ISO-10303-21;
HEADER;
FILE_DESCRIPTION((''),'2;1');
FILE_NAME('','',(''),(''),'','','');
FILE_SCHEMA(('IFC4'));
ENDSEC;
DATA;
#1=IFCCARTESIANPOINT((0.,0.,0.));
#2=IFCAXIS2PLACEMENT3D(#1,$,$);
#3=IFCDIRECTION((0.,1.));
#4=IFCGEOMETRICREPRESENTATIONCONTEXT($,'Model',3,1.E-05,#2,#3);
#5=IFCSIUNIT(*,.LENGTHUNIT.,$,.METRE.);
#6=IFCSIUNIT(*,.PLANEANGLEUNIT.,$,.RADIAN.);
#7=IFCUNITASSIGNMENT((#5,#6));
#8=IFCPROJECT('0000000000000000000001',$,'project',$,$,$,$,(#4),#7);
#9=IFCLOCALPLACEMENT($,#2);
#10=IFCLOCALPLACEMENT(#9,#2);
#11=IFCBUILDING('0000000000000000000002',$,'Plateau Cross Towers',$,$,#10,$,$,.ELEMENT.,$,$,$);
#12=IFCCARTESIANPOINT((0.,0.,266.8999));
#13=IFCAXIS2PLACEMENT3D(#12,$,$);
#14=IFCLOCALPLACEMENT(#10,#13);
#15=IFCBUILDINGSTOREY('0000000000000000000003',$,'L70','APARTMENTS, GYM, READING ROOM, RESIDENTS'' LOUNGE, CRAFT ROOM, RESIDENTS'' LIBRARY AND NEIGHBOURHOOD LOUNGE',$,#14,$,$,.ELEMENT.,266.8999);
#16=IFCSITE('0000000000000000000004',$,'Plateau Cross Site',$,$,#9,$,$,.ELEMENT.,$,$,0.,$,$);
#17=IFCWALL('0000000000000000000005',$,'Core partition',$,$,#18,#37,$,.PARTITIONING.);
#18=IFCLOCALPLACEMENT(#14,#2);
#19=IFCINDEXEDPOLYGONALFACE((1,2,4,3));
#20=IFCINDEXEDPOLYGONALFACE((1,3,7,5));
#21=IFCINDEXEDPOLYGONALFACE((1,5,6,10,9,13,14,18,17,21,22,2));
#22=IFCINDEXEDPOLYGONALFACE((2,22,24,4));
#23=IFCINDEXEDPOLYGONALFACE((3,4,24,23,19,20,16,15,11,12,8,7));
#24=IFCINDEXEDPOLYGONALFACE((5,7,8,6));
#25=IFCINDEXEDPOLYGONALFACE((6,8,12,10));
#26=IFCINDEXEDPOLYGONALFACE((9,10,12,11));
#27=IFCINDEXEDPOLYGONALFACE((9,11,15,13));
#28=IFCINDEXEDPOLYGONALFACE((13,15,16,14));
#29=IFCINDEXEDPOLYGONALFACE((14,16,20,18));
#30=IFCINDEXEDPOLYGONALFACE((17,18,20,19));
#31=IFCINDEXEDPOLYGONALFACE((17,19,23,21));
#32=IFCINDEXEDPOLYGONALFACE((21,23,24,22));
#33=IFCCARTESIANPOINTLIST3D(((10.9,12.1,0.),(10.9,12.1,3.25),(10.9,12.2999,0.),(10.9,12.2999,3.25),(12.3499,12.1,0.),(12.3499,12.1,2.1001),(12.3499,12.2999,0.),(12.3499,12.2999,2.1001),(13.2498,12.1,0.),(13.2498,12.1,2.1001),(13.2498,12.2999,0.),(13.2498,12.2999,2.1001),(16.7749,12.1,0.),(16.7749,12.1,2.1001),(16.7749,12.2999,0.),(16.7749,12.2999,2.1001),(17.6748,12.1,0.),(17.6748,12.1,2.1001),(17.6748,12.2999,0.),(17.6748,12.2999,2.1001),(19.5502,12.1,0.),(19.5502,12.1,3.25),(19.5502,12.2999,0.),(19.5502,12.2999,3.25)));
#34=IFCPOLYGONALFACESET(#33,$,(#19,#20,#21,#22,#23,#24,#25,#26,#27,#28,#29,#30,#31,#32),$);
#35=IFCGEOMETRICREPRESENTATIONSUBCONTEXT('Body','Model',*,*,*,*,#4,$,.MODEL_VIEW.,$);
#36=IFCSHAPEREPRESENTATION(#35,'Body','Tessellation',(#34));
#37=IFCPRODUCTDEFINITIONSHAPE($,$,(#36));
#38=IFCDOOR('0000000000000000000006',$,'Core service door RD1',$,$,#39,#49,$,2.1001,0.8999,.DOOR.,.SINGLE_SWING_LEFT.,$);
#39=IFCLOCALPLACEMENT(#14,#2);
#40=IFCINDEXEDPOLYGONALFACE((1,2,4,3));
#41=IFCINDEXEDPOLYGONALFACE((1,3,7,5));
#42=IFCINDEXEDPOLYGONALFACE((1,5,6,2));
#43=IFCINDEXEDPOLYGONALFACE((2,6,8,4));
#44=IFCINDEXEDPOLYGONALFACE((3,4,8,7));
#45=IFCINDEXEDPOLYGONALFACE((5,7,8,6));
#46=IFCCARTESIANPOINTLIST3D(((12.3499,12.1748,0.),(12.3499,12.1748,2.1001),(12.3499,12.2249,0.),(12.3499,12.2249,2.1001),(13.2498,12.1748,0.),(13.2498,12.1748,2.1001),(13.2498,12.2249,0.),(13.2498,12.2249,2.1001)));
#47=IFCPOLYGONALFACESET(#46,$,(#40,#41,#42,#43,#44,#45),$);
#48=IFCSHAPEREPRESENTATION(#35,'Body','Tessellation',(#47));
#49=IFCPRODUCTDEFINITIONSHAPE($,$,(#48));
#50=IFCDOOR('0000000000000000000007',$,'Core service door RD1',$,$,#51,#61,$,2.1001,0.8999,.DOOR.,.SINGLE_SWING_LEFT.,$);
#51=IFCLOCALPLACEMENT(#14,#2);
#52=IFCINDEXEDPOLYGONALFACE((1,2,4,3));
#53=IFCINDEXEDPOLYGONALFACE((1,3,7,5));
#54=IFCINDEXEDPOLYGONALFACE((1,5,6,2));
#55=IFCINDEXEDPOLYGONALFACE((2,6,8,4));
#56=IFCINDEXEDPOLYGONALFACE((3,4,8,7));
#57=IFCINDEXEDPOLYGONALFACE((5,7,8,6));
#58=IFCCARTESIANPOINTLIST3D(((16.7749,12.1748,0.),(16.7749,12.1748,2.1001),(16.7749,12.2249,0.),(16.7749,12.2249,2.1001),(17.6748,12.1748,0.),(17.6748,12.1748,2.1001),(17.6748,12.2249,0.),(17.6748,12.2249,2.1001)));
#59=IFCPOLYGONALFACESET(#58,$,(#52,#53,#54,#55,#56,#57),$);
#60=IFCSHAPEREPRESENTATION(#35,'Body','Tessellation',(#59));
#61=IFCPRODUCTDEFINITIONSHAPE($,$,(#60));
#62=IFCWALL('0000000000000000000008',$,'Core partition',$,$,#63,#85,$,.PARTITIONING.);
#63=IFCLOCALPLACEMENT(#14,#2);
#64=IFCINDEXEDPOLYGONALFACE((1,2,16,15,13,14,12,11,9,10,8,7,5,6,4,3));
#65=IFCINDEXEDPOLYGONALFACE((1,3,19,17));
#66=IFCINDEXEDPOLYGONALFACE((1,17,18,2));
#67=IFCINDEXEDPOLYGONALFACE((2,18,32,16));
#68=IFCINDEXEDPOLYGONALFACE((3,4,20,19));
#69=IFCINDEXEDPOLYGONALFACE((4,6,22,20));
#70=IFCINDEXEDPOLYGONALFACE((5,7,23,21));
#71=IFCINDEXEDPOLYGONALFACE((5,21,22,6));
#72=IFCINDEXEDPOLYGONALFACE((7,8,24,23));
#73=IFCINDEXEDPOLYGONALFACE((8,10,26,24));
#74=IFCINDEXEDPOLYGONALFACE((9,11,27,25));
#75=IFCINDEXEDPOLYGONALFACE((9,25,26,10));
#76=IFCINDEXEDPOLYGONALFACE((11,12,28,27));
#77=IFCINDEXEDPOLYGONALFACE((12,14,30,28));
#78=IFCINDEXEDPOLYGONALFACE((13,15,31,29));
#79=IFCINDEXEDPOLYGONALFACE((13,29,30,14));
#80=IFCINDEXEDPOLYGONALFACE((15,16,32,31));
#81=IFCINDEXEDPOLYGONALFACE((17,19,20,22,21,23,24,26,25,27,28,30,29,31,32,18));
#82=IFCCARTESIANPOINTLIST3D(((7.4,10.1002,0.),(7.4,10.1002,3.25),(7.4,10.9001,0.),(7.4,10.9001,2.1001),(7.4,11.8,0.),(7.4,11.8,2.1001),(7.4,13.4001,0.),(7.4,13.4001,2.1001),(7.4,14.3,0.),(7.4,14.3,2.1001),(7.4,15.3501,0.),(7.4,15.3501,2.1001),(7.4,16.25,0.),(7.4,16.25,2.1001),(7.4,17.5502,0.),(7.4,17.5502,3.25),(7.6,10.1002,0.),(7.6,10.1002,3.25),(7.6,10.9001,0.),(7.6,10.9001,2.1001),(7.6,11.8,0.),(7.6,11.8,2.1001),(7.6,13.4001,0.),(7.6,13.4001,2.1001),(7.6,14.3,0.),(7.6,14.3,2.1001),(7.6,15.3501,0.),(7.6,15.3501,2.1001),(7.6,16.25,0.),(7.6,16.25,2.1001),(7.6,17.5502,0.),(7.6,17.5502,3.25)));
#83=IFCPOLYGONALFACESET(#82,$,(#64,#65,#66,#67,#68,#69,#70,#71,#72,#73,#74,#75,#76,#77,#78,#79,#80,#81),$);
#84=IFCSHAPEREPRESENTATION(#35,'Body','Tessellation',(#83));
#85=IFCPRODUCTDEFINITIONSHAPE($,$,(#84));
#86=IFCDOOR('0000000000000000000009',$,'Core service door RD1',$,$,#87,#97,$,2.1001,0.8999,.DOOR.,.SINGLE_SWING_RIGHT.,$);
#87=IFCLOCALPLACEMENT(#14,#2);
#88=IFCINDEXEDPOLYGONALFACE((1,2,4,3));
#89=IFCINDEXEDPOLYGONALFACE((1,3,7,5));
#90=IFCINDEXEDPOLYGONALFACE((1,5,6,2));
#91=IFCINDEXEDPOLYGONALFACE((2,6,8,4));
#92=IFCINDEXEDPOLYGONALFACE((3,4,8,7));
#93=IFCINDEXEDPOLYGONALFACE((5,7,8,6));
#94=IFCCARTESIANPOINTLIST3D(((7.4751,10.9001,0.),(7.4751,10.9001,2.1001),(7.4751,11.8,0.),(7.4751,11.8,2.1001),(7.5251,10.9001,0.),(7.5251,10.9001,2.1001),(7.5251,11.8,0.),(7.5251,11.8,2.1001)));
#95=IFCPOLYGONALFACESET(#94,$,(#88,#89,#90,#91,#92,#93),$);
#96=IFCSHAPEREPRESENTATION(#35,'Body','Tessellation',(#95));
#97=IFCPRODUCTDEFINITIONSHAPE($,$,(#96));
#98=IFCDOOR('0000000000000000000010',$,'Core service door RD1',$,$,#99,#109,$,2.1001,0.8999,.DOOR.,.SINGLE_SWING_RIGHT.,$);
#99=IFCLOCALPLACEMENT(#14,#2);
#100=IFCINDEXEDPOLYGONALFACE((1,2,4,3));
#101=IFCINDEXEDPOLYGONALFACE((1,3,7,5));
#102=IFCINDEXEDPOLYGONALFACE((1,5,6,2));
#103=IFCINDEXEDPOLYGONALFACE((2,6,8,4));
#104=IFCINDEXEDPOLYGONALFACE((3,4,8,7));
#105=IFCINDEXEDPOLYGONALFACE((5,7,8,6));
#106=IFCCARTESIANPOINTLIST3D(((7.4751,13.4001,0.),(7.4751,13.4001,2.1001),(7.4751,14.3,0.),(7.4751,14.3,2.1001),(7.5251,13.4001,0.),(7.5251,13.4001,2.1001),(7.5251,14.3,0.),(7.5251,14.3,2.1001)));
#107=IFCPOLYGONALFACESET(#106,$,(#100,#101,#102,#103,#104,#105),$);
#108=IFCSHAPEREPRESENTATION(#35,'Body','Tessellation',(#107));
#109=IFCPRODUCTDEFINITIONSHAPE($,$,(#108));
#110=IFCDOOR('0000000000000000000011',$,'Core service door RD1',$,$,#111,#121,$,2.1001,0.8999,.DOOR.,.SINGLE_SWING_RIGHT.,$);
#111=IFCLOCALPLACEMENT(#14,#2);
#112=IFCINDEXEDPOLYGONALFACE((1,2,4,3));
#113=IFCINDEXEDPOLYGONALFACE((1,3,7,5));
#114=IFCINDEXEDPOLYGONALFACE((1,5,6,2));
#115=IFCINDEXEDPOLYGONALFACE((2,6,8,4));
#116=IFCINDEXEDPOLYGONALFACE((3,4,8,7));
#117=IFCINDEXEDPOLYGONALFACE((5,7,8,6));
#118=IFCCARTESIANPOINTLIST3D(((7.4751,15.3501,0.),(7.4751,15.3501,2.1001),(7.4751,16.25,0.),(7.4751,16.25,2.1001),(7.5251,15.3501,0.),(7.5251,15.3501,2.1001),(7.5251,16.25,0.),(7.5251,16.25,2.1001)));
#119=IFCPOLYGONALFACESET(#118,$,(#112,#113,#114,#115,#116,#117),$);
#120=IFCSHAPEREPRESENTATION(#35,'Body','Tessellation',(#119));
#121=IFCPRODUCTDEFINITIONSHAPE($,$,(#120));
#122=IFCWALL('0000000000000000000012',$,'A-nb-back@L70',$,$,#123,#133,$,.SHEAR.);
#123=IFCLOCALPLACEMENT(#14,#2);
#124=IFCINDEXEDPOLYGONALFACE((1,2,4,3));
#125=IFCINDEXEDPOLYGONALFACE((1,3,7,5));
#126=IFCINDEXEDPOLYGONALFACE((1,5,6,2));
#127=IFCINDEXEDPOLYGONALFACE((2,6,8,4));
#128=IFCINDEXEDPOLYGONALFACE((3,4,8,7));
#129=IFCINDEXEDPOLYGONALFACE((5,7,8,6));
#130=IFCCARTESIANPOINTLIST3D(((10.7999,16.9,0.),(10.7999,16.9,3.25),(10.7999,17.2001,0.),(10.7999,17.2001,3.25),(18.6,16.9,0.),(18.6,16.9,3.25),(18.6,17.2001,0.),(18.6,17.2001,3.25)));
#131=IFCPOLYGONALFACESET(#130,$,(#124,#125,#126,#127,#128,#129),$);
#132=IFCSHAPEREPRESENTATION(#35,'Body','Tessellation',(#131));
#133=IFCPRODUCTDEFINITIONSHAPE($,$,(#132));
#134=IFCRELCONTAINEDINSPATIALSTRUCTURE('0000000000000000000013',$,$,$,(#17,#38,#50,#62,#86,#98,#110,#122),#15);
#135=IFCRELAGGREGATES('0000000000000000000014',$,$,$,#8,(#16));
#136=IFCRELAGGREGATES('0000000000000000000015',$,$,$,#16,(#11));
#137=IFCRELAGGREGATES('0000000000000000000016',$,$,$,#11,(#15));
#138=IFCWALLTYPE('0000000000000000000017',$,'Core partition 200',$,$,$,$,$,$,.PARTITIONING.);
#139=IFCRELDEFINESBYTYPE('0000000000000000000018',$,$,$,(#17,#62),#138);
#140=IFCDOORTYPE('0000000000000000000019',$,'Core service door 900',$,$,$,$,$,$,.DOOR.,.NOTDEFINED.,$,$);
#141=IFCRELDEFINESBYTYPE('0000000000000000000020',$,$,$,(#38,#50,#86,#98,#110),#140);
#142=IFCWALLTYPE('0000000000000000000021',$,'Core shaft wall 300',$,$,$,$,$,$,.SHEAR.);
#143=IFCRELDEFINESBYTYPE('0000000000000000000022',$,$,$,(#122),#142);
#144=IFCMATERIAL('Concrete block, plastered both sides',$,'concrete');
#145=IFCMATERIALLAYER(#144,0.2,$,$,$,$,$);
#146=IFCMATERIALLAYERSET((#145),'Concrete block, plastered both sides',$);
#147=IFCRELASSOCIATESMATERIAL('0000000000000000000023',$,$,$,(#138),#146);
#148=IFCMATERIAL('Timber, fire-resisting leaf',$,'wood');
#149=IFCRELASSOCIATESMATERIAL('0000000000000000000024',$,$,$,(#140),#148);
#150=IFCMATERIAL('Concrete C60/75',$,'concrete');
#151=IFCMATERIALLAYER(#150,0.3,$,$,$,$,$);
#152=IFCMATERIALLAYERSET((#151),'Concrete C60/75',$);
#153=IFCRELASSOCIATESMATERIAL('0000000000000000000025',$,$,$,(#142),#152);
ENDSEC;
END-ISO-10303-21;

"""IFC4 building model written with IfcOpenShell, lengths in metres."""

from ifc_helpers import new_model, si_unit, direction, frame, frame_2d, origin, place, context, subcontext, project, spatial, rectangle, extrude, material, layer, layer_set, type_object, element, fill, save


model = new_model("IFC4")

# Units and contexts
model_context = context("Model", 3, precision=1e-05, world=origin(), true_north=direction((0.0, 1.0)))
body_context = subcontext(model_context, "Body", "Model", "MODEL_VIEW")
ifc_project = project(units=[si_unit("LENGTHUNIT", "METRE"), si_unit("PLANEANGLEUNIT", "RADIAN")], contexts=[model_context])

# Site, building, storey
site_placement = place(None, origin())
site = spatial("IfcSite", under=ifc_project, at=site_placement, Name="Plateau Cross Site", CompositionType="ELEMENT", RefElevation=0.0)
building_placement = place(site_placement, origin())
building = spatial("IfcBuilding", under=site, at=building_placement, Name="Plateau Cross Towers", CompositionType="ELEMENT")
storey_placement = place(building_placement, frame((0.0, 0.0, 266.8999)))
storey = spatial("IfcBuildingStorey", under=building, at=storey_placement, Name="L70", Description="APARTMENTS, GYM, READING ROOM, RESIDENTS' LOUNGE, CRAFT ROOM, RESIDENTS' LIBRARY AND NEIGHBOURHOOD LOUNGE", CompositionType="ELEMENT", Elevation=266.8999)

# Shared definitions
ifc_material_1 = material(Name="Concrete block, plastered both sides", Category="concrete")
ifc_layer_1 = layer(ifc_material_1, 0.2)
ifc_layer_set_1 = layer_set([ifc_layer_1], Name="Concrete block, plastered both sides")
wall_type_1 = type_object("IfcWallType", Name="Core partition 200", PredefinedType="PARTITIONING", material=ifc_layer_set_1)

# Shared definitions
ifc_material_2 = material(Name="Timber, fire-resisting leaf", Category="wood")
door_type_1 = type_object("IfcDoorType", Name="Core service door 900", OperationType="NOTDEFINED", PredefinedType="DOOR", material=ifc_material_2)

# Walls, openings, doors
wall_1_placement = place(storey_placement, frame((10.8999, 12.2, 0.0), z_axis=(0.0, 0.0, 1.0), x_axis=(1.0, 0.0, 0.0)))
wall_1 = element("IfcWall", 1, at=wall_1_placement, inside=storey, type_object=wall_type_1, Name="Core partition", PredefinedType="PARTITIONING", context=body_context, shape_type="SweptSolid", body=[
    extrude(rectangle(XDim=8.6501, YDim=0.2, at=frame_2d((4.3252, 0.0))), origin(), (0.0, 0.0, 1.0), 3.25),
])
opening_1_placement = place(wall_1_placement, frame((1.45, 0.0, 0.0)))
opening_1 = element("IfcOpeningElement", 2, at=opening_1_placement, cuts=wall_1, PredefinedType="OPENING", context=body_context, shape_type="SweptSolid", body=[
    extrude(rectangle(XDim=0.8999, YDim=2.1001, at=frame_2d((0.45, 1.05))), frame((0.0, 0.1099, 0.0), z_axis=(0.0, -1.0, 0.0), x_axis=(1.0, 0.0, 0.0)), (0.0, 0.0, 1.0), 0.22),
])
opening_2_placement = place(wall_1_placement, frame((5.875, 0.0, 0.0)))
opening_2 = element("IfcOpeningElement", 3, at=opening_2_placement, cuts=wall_1, PredefinedType="OPENING", context=body_context, shape_type="SweptSolid", body=[
    extrude(rectangle(XDim=0.8999, YDim=2.1001, at=frame_2d((0.45, 1.05))), frame((0.0, 0.1099, 0.0), z_axis=(0.0, -1.0, 0.0), x_axis=(1.0, 0.0, 0.0)), (0.0, 0.0, 1.0), 0.22),
])
door_1_placement = place(opening_1_placement, origin())
door_1 = element("IfcDoor", 4, at=door_1_placement, inside=storey, type_object=door_type_1, Name="Core service door RD1", OperationType="SINGLE_SWING_LEFT", OverallHeight=2.1001, OverallWidth=0.8999, PredefinedType="DOOR", context=body_context, shape_type="SweptSolid", body=[
    extrude(rectangle(XDim=0.8999, YDim=2.1001, at=frame_2d((0.45, 1.05))), frame((0.0, 0.0249, 0.0), z_axis=(0.0, -1.0, 0.0), x_axis=(1.0, 0.0, 0.0)), (0.0, 0.0, 1.0), 0.05),
])
fill(opening_1, door_1)
door_2_placement = place(opening_2_placement, origin())
door_2 = element("IfcDoor", 5, at=door_2_placement, inside=storey, type_object=door_type_1, Name="Core service door RD1", OperationType="SINGLE_SWING_LEFT", OverallHeight=2.1001, OverallWidth=0.8999, PredefinedType="DOOR", context=body_context, shape_type="SweptSolid", body=[
    extrude(rectangle(XDim=0.8999, YDim=2.1001, at=frame_2d((0.45, 1.05))), frame((0.0, 0.0249, 0.0), z_axis=(0.0, -1.0, 0.0), x_axis=(1.0, 0.0, 0.0)), (0.0, 0.0, 1.0), 0.05),
])
fill(opening_2, door_2)
wall_2_placement = place(storey_placement, frame((7.5, 10.1001, 0.0), z_axis=(0.0, 0.0, 1.0), x_axis=(0.0, 1.0, 0.0)))
wall_2 = element("IfcWall", 6, at=wall_2_placement, inside=storey, type_object=wall_type_1, Name="Core partition", PredefinedType="PARTITIONING", context=body_context, shape_type="SweptSolid", body=[
    extrude(rectangle(XDim=7.45, YDim=0.2, at=frame_2d((3.7251, 0.0))), origin(), (0.0, 0.0, 1.0), 3.25),
])
opening_3_placement = place(wall_2_placement, frame((0.8, 0.0, 0.0)))
opening_3 = element("IfcOpeningElement", 7, at=opening_3_placement, cuts=wall_2, PredefinedType="OPENING", context=body_context, shape_type="SweptSolid", body=[
    extrude(rectangle(XDim=0.8999, YDim=2.1001, at=frame_2d((0.45, 1.05))), frame((0.0, 0.1099, 0.0), z_axis=(0.0, -1.0, 0.0), x_axis=(1.0, 0.0, 0.0)), (0.0, 0.0, 1.0), 0.22),
])
opening_4_placement = place(wall_2_placement, frame((3.3, 0.0, 0.0)))
opening_4 = element("IfcOpeningElement", 8, at=opening_4_placement, cuts=wall_2, PredefinedType="OPENING", context=body_context, shape_type="SweptSolid", body=[
    extrude(rectangle(XDim=0.8999, YDim=2.1001, at=frame_2d((0.45, 1.05))), frame((0.0, 0.1099, 0.0), z_axis=(0.0, -1.0, 0.0), x_axis=(1.0, 0.0, 0.0)), (0.0, 0.0, 1.0), 0.22),
])
opening_5_placement = place(wall_2_placement, frame((5.25, 0.0, 0.0)))
opening_5 = element("IfcOpeningElement", 9, at=opening_5_placement, cuts=wall_2, PredefinedType="OPENING", context=body_context, shape_type="SweptSolid", body=[
    extrude(rectangle(XDim=0.8999, YDim=2.1001, at=frame_2d((0.45, 1.05))), frame((0.0, 0.1099, 0.0), z_axis=(0.0, -1.0, 0.0), x_axis=(1.0, 0.0, 0.0)), (0.0, 0.0, 1.0), 0.22),
])
door_3_placement = place(opening_3_placement, origin())
door_3 = element("IfcDoor", 10, at=door_3_placement, inside=storey, type_object=door_type_1, Name="Core service door RD1", OperationType="SINGLE_SWING_RIGHT", OverallHeight=2.1001, OverallWidth=0.8999, PredefinedType="DOOR", context=body_context, shape_type="SweptSolid", body=[
    extrude(rectangle(XDim=0.8999, YDim=2.1001, at=frame_2d((0.45, 1.05))), frame((0.0, 0.0249, 0.0), z_axis=(0.0, -1.0, 0.0), x_axis=(1.0, 0.0, 0.0)), (0.0, 0.0, 1.0), 0.05),
])
fill(opening_3, door_3)
door_4_placement = place(opening_4_placement, origin())
door_4 = element("IfcDoor", 11, at=door_4_placement, inside=storey, type_object=door_type_1, Name="Core service door RD1", OperationType="SINGLE_SWING_RIGHT", OverallHeight=2.1001, OverallWidth=0.8999, PredefinedType="DOOR", context=body_context, shape_type="SweptSolid", body=[
    extrude(rectangle(XDim=0.8999, YDim=2.1001, at=frame_2d((0.45, 1.05))), frame((0.0, 0.0249, 0.0), z_axis=(0.0, -1.0, 0.0), x_axis=(1.0, 0.0, 0.0)), (0.0, 0.0, 1.0), 0.05),
])
fill(opening_4, door_4)
door_5_placement = place(opening_5_placement, origin())
door_5 = element("IfcDoor", 12, at=door_5_placement, inside=storey, type_object=door_type_1, Name="Core service door RD1", OperationType="SINGLE_SWING_RIGHT", OverallHeight=2.1001, OverallWidth=0.8999, PredefinedType="DOOR", context=body_context, shape_type="SweptSolid", body=[
    extrude(rectangle(XDim=0.8999, YDim=2.1001, at=frame_2d((0.45, 1.05))), frame((0.0, 0.0249, 0.0), z_axis=(0.0, -1.0, 0.0), x_axis=(1.0, 0.0, 0.0)), (0.0, 0.0, 1.0), 0.05),
])
fill(opening_5, door_5)

# Wall
ifc_material_3 = material(Name="Concrete C60/75", Category="concrete")
ifc_layer_2 = layer(ifc_material_3, 0.3)
ifc_layer_set_2 = layer_set([ifc_layer_2], Name="Concrete C60/75")
wall_type_2 = type_object("IfcWallType", Name="Core shaft wall 300", PredefinedType="SHEAR", material=ifc_layer_set_2)
wall_3_placement = place(storey_placement, frame((10.8, 17.05, 0.0), z_axis=(0.0, 0.0, 1.0), x_axis=(1.0, 0.0, 0.0)))
element("IfcWall", 13, at=wall_3_placement, inside=storey, type_object=wall_type_2, Name="A-nb-back@L70", PredefinedType="SHEAR", context=body_context, shape_type="SweptSolid", body=[
    extrude(rectangle(XDim=7.8, YDim=0.3, at=frame_2d((3.8999, 0.0))), origin(), (0.0, 0.0, 1.0), 3.25),
])

save(model, "model.ifc")
